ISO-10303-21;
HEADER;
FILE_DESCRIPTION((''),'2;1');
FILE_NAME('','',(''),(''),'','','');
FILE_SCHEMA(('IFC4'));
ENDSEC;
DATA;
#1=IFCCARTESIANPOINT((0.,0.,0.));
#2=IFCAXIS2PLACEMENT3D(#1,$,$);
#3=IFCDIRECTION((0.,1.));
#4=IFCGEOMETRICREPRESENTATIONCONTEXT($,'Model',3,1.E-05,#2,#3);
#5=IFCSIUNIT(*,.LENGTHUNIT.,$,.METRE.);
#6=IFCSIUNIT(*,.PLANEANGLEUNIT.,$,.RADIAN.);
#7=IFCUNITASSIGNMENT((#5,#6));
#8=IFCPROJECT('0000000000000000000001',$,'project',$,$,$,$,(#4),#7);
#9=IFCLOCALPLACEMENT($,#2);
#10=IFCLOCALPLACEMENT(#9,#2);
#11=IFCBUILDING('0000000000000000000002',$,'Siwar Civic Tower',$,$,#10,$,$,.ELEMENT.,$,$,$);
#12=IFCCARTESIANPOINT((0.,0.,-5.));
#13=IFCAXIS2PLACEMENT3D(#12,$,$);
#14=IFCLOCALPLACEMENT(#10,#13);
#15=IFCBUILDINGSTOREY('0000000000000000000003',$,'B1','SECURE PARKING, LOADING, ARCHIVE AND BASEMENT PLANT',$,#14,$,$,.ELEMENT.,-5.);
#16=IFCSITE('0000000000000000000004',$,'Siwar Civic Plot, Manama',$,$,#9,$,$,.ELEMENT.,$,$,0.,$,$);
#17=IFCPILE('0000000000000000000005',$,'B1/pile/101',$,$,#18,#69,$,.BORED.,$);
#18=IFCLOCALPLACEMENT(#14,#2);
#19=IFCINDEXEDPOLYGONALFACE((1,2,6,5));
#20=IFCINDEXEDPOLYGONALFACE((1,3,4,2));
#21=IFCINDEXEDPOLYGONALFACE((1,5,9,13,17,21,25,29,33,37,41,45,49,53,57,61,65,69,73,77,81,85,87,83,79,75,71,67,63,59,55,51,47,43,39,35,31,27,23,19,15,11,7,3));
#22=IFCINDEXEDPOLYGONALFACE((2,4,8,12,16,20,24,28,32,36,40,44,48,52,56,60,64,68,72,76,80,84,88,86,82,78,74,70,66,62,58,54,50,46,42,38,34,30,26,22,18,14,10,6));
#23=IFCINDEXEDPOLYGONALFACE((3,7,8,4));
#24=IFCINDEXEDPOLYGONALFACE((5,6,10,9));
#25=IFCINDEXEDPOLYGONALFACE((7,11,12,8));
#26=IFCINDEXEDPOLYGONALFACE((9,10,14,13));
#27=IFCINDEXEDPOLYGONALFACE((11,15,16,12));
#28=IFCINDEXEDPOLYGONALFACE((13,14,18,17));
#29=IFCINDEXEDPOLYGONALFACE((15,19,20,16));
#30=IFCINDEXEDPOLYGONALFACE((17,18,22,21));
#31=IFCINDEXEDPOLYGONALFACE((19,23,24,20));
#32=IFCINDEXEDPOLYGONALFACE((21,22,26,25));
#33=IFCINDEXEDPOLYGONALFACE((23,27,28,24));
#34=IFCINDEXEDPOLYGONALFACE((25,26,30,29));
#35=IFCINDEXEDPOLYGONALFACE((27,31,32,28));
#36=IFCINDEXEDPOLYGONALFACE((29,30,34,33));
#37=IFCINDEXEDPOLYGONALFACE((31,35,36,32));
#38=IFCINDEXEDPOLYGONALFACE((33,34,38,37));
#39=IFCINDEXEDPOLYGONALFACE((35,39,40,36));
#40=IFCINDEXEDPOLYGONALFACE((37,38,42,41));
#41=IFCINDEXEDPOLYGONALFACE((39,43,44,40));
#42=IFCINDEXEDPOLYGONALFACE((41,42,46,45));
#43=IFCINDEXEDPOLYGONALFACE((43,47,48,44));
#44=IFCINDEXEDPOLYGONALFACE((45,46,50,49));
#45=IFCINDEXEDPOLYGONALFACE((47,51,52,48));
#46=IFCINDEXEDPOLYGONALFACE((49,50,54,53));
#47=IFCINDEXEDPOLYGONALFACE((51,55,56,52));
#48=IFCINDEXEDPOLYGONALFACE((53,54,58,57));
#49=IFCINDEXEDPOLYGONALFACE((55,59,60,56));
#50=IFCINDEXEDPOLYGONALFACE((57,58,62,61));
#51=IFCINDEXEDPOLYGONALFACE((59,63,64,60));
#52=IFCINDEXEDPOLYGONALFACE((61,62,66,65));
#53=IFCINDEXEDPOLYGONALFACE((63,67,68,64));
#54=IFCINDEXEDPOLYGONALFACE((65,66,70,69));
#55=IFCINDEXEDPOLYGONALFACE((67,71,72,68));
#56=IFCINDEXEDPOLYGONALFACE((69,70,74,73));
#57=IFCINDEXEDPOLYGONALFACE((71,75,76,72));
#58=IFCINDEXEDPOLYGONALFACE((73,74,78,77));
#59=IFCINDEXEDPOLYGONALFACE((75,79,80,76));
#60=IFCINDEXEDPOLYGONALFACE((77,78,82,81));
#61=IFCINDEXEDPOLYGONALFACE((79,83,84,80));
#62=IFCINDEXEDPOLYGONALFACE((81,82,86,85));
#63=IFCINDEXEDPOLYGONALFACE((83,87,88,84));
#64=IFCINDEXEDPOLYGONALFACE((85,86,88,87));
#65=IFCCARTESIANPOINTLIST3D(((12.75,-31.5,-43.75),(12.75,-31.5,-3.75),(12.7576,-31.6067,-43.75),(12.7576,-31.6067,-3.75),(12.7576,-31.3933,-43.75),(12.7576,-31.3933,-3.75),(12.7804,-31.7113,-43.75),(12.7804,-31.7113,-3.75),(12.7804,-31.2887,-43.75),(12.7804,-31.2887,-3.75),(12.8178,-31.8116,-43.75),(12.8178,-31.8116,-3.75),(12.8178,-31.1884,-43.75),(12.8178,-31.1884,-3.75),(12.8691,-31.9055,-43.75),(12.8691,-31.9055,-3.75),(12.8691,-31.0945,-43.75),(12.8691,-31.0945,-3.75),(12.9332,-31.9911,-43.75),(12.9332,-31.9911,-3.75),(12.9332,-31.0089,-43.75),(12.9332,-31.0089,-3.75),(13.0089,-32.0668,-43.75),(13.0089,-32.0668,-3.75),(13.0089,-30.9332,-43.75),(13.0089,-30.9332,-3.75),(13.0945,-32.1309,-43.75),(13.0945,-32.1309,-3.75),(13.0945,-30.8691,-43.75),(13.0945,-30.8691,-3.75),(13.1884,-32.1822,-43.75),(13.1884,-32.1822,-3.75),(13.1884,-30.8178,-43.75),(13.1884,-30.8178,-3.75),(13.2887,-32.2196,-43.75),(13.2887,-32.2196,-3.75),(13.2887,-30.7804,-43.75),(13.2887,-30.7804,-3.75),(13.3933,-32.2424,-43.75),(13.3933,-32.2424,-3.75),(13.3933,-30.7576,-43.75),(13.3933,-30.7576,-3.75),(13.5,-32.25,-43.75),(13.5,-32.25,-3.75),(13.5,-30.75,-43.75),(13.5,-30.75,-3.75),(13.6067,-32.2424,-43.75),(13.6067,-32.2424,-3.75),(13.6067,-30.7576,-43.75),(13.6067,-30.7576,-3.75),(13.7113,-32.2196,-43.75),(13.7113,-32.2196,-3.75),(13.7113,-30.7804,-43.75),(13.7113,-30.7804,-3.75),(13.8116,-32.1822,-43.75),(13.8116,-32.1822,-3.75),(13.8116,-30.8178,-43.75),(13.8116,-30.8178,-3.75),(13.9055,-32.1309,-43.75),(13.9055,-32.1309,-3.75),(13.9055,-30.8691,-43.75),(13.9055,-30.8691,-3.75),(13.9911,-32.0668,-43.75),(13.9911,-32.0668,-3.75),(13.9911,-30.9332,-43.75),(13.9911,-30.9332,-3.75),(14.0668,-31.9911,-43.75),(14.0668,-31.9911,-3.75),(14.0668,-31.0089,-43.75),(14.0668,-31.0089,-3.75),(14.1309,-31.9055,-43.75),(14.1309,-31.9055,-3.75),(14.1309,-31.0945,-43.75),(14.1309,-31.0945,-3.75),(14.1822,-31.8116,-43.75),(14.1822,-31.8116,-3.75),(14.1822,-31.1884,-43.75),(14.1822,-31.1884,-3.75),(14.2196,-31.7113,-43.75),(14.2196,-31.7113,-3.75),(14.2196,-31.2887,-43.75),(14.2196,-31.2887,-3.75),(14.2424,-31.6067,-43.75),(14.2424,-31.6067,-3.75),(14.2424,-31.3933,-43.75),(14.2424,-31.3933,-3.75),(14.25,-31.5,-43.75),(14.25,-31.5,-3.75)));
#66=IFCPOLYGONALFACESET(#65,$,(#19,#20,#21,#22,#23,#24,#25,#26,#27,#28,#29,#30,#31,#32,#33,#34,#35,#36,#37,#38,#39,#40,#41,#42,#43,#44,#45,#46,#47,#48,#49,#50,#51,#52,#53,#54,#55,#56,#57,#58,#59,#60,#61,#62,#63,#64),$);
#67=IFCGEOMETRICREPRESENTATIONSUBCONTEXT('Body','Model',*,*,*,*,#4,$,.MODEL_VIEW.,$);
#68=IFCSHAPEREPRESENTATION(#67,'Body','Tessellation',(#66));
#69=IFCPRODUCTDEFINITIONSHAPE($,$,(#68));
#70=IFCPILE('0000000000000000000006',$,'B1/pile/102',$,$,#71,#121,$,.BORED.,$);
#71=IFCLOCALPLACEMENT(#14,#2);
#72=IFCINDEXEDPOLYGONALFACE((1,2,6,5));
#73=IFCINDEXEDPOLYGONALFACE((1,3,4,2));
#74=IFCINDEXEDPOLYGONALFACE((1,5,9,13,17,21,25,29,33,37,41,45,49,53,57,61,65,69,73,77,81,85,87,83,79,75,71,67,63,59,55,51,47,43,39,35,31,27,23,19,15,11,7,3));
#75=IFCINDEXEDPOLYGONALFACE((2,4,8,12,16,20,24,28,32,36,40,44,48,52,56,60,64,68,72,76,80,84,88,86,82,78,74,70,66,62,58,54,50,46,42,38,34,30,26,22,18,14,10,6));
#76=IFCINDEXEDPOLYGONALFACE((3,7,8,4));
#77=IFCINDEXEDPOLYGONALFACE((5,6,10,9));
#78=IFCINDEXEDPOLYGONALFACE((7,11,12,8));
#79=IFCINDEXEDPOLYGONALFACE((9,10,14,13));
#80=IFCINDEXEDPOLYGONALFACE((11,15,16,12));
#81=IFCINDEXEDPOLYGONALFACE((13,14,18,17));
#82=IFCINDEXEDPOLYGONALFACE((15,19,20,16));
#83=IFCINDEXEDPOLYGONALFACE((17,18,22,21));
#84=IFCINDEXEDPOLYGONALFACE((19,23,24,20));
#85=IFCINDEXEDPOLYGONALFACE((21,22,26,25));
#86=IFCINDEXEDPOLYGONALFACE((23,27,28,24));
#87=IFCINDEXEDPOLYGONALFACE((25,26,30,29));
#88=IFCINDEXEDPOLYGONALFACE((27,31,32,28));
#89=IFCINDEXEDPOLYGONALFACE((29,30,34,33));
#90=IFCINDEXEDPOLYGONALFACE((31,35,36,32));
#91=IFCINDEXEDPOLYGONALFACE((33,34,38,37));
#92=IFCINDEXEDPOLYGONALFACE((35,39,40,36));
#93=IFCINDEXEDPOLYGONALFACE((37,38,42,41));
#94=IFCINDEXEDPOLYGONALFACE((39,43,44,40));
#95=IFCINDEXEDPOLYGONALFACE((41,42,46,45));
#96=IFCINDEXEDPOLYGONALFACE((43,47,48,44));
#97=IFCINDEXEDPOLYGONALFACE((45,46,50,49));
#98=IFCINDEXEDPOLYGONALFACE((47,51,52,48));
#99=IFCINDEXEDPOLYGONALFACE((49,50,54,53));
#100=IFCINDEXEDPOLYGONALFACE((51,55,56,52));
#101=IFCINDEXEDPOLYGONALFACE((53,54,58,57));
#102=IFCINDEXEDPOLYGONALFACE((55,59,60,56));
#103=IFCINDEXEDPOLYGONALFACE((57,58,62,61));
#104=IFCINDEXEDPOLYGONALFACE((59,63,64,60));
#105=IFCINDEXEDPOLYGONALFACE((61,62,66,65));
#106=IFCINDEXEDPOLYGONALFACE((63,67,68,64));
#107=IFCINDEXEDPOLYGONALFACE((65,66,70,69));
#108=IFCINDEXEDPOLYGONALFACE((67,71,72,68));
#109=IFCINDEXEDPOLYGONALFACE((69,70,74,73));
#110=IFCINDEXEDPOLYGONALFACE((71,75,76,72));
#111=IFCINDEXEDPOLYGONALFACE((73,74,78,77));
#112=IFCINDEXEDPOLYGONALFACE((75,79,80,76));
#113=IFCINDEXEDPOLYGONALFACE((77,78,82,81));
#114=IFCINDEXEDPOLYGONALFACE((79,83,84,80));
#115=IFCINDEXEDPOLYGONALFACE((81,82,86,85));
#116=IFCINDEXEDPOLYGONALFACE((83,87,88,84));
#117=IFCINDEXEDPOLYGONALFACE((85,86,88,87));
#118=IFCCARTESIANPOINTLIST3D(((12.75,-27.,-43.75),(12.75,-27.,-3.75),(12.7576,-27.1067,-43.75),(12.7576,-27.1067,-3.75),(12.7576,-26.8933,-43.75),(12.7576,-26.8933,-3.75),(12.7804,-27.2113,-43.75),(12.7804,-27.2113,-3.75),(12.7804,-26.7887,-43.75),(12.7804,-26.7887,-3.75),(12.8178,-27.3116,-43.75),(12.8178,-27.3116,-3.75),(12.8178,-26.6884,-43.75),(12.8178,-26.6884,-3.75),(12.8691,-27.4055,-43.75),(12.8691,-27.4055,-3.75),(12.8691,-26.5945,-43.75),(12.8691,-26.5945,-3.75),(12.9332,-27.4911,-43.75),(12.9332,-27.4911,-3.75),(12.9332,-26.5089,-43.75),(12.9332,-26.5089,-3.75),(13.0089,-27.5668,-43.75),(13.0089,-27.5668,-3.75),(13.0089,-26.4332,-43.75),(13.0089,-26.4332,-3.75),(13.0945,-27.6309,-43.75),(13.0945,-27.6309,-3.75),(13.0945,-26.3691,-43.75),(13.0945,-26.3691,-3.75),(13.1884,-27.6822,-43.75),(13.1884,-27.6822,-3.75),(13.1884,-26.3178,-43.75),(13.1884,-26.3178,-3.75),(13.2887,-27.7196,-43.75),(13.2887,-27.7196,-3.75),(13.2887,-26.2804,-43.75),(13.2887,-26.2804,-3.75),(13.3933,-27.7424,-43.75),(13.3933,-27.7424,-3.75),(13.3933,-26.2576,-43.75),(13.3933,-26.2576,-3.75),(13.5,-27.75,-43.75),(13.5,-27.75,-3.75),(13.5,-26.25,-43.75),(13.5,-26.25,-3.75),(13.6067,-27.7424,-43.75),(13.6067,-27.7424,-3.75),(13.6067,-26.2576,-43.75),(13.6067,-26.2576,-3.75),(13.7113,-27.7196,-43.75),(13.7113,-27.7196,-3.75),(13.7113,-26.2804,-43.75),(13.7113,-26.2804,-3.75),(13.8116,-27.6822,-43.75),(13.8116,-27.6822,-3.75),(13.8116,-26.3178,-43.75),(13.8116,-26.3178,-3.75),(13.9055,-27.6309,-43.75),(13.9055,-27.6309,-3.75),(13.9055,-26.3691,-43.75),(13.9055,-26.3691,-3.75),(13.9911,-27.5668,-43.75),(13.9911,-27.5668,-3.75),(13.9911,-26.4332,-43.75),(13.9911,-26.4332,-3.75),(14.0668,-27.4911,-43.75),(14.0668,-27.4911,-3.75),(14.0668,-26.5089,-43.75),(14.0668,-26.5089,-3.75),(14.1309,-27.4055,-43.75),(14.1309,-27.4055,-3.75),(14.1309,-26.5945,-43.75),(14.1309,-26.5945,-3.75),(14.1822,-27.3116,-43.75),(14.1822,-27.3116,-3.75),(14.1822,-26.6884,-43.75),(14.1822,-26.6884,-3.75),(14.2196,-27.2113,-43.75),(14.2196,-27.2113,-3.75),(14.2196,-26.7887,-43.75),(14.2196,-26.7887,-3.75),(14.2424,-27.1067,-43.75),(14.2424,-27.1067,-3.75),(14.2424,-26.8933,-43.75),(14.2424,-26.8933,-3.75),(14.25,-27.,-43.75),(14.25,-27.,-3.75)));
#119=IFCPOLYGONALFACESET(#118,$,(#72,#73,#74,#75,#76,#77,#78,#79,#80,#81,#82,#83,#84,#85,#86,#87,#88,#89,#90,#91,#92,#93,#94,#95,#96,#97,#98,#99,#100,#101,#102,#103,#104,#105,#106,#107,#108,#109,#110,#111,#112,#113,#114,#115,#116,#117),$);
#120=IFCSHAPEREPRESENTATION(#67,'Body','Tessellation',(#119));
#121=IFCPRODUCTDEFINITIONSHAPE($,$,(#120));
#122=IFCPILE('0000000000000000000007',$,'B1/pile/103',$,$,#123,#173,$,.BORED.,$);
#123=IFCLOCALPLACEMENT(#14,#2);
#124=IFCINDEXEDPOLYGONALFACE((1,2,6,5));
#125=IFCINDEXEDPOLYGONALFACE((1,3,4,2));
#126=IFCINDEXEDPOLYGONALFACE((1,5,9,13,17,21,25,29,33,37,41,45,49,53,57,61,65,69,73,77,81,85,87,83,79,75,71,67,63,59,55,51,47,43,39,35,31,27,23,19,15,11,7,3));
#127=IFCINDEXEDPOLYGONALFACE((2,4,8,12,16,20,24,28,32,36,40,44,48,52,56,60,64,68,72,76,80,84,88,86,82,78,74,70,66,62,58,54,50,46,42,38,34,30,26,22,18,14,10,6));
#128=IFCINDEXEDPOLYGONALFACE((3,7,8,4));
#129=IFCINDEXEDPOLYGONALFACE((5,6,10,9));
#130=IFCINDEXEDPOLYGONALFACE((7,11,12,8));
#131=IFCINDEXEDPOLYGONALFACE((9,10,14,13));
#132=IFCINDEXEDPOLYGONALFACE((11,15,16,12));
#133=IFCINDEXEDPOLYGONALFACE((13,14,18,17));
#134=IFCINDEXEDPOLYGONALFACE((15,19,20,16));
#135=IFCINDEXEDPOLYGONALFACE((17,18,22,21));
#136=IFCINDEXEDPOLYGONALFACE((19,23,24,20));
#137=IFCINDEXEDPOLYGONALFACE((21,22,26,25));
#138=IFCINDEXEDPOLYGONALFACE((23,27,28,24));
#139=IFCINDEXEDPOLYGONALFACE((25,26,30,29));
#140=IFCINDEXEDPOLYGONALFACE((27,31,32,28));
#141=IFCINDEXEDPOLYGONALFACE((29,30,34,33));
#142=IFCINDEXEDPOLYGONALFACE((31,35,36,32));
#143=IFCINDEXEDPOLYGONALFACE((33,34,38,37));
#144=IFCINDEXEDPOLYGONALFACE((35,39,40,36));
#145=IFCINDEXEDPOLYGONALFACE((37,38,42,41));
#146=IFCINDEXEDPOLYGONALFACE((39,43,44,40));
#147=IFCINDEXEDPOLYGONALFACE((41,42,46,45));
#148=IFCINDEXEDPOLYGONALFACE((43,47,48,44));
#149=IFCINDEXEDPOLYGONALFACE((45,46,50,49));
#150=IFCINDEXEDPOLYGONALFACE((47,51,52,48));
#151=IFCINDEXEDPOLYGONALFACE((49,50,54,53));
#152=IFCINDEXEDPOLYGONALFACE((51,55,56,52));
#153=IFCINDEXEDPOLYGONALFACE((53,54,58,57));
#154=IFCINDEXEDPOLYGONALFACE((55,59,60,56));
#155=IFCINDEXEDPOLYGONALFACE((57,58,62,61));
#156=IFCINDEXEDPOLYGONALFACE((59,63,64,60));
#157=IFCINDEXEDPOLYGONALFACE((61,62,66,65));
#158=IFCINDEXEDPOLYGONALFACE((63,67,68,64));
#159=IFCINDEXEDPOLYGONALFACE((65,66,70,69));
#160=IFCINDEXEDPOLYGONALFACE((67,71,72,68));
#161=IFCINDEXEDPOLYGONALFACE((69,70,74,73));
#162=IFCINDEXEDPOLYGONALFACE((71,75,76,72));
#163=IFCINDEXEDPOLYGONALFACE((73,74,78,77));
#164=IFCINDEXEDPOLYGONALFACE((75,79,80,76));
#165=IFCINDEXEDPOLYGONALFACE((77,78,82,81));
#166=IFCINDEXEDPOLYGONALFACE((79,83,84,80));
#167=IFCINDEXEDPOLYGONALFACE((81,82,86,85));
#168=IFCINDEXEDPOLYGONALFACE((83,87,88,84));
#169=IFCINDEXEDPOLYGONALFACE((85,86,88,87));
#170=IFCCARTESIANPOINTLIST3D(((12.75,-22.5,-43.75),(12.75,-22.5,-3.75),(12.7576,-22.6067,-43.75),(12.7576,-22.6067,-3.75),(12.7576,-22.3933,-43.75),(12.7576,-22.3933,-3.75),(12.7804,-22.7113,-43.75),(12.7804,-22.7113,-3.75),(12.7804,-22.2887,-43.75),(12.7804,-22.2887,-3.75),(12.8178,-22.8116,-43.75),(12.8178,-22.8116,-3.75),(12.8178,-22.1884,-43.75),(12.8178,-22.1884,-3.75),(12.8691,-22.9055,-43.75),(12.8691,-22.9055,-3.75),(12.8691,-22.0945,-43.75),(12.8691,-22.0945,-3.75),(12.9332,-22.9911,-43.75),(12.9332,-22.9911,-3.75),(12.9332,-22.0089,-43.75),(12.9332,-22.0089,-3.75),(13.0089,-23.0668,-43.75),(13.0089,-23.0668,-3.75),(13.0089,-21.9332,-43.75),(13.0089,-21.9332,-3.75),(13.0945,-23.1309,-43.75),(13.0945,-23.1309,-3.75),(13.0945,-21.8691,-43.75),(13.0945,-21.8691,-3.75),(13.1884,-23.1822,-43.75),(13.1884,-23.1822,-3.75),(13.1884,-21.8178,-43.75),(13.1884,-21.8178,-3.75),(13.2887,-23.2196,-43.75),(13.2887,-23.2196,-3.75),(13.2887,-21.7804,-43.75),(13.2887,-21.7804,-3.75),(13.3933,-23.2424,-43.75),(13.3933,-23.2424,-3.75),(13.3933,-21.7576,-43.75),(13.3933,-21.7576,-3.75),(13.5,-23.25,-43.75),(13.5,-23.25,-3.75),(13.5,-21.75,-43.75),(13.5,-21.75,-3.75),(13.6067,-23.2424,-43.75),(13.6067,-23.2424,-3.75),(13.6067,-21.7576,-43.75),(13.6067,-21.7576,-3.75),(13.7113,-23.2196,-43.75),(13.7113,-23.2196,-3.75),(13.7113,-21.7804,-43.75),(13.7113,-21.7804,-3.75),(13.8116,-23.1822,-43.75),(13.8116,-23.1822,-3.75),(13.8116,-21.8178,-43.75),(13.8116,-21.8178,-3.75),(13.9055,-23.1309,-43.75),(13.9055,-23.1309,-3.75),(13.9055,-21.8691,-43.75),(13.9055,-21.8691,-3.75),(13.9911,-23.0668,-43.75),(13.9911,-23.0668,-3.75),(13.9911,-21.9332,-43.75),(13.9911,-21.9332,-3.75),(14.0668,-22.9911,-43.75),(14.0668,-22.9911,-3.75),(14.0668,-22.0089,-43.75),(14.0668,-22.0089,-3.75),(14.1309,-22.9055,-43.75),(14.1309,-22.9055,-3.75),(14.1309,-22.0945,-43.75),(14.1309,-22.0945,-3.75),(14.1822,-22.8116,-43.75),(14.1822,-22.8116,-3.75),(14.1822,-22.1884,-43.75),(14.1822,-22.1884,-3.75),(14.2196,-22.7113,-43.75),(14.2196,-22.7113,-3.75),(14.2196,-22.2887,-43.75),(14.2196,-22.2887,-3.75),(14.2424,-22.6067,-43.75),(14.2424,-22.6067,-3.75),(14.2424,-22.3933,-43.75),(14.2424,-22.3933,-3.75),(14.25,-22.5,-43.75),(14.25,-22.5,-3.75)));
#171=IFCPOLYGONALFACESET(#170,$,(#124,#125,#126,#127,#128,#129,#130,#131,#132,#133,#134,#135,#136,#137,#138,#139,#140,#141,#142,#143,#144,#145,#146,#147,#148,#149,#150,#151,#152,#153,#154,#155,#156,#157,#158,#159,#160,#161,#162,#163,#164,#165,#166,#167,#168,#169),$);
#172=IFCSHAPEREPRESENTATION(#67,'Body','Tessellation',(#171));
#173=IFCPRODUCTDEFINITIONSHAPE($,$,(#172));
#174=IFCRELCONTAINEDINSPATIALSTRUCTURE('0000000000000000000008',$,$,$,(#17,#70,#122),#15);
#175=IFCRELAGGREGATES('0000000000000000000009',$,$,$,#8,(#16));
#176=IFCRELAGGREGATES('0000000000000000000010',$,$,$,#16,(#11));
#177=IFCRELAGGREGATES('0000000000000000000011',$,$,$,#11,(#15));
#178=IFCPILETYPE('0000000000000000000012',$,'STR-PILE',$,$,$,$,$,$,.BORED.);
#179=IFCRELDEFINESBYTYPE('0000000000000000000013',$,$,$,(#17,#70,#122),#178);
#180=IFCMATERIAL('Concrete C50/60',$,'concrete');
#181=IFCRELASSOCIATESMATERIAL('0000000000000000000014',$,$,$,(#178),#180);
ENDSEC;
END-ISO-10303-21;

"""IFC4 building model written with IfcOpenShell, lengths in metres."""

from ifc_helpers import new_model, si_unit, direction, frame, origin, origin_2d, place, context, subcontext, project, spatial, circle, extrude, material, material_profile, profile_set, type_object, element, save


model = new_model("IFC4")

# Units and contexts
model_context = context("Model", 3, precision=1e-05, world=origin(), true_north=direction((0.0, 1.0)))
body_context = subcontext(model_context, "Body", "Model", "MODEL_VIEW")
ifc_project = project(units=[si_unit("LENGTHUNIT", "METRE"), si_unit("PLANEANGLEUNIT", "RADIAN")], contexts=[model_context])

# Site, building, storey
site_placement = place(None, origin())
site = spatial("IfcSite", under=ifc_project, at=site_placement, Name="Siwar Civic Plot, Manama", CompositionType="ELEMENT", RefElevation=0.0)
building_placement = place(site_placement, origin())
building = spatial("IfcBuilding", under=site, at=building_placement, Name="Siwar Civic Tower", CompositionType="ELEMENT")
storey_placement = place(building_placement, frame((0.0, 0.0, -5.0)))
storey = spatial("IfcBuildingStorey", under=building, at=storey_placement, Name="B1", Description="SECURE PARKING, LOADING, ARCHIVE AND BASEMENT PLANT", CompositionType="ELEMENT", Elevation=-5.0)

# Piles
ifc_material_1 = material(Name="Concrete C50/60", Category="concrete")
ifc_material_profile_1 = material_profile(ifc_material_1, circle(Radius=0.75, at=origin_2d()), Name="PILE1500")
ifc_profile_set_1 = profile_set([ifc_material_profile_1], Name="Concrete C50/60")
pile_type = type_object("IfcPileType", Name="STR-PILE", PredefinedType="BORED", material=ifc_profile_set_1)
for number, where, z_axis, x_axis, name in (
    (1, (13.5, -31.5, -3.75), (0.0, 0.0, -1.0), (1.0, 0.0, 0.0), "B1/pile/101"),
    (2, (13.5, -27.0, -3.75), (0.0, 0.0, -1.0), (1.0, 0.0, 0.0), "B1/pile/102"),
    (3, (13.5, -22.5, -3.75), (0.0, 0.0, -1.0), (1.0, 0.0, 0.0), "B1/pile/103"),
):
    element("IfcPile", number, at=place(storey_placement, frame(where, z_axis=z_axis, x_axis=x_axis)), inside=storey, type_object=pile_type, Name=name, PredefinedType="BORED", context=body_context, shape_type="SweptSolid", body=[
        extrude(circle(Radius=0.75, at=origin_2d()), origin(), (0.0, 0.0, 1.0), 40.0),
    ])

save(model, "model.ifc")
